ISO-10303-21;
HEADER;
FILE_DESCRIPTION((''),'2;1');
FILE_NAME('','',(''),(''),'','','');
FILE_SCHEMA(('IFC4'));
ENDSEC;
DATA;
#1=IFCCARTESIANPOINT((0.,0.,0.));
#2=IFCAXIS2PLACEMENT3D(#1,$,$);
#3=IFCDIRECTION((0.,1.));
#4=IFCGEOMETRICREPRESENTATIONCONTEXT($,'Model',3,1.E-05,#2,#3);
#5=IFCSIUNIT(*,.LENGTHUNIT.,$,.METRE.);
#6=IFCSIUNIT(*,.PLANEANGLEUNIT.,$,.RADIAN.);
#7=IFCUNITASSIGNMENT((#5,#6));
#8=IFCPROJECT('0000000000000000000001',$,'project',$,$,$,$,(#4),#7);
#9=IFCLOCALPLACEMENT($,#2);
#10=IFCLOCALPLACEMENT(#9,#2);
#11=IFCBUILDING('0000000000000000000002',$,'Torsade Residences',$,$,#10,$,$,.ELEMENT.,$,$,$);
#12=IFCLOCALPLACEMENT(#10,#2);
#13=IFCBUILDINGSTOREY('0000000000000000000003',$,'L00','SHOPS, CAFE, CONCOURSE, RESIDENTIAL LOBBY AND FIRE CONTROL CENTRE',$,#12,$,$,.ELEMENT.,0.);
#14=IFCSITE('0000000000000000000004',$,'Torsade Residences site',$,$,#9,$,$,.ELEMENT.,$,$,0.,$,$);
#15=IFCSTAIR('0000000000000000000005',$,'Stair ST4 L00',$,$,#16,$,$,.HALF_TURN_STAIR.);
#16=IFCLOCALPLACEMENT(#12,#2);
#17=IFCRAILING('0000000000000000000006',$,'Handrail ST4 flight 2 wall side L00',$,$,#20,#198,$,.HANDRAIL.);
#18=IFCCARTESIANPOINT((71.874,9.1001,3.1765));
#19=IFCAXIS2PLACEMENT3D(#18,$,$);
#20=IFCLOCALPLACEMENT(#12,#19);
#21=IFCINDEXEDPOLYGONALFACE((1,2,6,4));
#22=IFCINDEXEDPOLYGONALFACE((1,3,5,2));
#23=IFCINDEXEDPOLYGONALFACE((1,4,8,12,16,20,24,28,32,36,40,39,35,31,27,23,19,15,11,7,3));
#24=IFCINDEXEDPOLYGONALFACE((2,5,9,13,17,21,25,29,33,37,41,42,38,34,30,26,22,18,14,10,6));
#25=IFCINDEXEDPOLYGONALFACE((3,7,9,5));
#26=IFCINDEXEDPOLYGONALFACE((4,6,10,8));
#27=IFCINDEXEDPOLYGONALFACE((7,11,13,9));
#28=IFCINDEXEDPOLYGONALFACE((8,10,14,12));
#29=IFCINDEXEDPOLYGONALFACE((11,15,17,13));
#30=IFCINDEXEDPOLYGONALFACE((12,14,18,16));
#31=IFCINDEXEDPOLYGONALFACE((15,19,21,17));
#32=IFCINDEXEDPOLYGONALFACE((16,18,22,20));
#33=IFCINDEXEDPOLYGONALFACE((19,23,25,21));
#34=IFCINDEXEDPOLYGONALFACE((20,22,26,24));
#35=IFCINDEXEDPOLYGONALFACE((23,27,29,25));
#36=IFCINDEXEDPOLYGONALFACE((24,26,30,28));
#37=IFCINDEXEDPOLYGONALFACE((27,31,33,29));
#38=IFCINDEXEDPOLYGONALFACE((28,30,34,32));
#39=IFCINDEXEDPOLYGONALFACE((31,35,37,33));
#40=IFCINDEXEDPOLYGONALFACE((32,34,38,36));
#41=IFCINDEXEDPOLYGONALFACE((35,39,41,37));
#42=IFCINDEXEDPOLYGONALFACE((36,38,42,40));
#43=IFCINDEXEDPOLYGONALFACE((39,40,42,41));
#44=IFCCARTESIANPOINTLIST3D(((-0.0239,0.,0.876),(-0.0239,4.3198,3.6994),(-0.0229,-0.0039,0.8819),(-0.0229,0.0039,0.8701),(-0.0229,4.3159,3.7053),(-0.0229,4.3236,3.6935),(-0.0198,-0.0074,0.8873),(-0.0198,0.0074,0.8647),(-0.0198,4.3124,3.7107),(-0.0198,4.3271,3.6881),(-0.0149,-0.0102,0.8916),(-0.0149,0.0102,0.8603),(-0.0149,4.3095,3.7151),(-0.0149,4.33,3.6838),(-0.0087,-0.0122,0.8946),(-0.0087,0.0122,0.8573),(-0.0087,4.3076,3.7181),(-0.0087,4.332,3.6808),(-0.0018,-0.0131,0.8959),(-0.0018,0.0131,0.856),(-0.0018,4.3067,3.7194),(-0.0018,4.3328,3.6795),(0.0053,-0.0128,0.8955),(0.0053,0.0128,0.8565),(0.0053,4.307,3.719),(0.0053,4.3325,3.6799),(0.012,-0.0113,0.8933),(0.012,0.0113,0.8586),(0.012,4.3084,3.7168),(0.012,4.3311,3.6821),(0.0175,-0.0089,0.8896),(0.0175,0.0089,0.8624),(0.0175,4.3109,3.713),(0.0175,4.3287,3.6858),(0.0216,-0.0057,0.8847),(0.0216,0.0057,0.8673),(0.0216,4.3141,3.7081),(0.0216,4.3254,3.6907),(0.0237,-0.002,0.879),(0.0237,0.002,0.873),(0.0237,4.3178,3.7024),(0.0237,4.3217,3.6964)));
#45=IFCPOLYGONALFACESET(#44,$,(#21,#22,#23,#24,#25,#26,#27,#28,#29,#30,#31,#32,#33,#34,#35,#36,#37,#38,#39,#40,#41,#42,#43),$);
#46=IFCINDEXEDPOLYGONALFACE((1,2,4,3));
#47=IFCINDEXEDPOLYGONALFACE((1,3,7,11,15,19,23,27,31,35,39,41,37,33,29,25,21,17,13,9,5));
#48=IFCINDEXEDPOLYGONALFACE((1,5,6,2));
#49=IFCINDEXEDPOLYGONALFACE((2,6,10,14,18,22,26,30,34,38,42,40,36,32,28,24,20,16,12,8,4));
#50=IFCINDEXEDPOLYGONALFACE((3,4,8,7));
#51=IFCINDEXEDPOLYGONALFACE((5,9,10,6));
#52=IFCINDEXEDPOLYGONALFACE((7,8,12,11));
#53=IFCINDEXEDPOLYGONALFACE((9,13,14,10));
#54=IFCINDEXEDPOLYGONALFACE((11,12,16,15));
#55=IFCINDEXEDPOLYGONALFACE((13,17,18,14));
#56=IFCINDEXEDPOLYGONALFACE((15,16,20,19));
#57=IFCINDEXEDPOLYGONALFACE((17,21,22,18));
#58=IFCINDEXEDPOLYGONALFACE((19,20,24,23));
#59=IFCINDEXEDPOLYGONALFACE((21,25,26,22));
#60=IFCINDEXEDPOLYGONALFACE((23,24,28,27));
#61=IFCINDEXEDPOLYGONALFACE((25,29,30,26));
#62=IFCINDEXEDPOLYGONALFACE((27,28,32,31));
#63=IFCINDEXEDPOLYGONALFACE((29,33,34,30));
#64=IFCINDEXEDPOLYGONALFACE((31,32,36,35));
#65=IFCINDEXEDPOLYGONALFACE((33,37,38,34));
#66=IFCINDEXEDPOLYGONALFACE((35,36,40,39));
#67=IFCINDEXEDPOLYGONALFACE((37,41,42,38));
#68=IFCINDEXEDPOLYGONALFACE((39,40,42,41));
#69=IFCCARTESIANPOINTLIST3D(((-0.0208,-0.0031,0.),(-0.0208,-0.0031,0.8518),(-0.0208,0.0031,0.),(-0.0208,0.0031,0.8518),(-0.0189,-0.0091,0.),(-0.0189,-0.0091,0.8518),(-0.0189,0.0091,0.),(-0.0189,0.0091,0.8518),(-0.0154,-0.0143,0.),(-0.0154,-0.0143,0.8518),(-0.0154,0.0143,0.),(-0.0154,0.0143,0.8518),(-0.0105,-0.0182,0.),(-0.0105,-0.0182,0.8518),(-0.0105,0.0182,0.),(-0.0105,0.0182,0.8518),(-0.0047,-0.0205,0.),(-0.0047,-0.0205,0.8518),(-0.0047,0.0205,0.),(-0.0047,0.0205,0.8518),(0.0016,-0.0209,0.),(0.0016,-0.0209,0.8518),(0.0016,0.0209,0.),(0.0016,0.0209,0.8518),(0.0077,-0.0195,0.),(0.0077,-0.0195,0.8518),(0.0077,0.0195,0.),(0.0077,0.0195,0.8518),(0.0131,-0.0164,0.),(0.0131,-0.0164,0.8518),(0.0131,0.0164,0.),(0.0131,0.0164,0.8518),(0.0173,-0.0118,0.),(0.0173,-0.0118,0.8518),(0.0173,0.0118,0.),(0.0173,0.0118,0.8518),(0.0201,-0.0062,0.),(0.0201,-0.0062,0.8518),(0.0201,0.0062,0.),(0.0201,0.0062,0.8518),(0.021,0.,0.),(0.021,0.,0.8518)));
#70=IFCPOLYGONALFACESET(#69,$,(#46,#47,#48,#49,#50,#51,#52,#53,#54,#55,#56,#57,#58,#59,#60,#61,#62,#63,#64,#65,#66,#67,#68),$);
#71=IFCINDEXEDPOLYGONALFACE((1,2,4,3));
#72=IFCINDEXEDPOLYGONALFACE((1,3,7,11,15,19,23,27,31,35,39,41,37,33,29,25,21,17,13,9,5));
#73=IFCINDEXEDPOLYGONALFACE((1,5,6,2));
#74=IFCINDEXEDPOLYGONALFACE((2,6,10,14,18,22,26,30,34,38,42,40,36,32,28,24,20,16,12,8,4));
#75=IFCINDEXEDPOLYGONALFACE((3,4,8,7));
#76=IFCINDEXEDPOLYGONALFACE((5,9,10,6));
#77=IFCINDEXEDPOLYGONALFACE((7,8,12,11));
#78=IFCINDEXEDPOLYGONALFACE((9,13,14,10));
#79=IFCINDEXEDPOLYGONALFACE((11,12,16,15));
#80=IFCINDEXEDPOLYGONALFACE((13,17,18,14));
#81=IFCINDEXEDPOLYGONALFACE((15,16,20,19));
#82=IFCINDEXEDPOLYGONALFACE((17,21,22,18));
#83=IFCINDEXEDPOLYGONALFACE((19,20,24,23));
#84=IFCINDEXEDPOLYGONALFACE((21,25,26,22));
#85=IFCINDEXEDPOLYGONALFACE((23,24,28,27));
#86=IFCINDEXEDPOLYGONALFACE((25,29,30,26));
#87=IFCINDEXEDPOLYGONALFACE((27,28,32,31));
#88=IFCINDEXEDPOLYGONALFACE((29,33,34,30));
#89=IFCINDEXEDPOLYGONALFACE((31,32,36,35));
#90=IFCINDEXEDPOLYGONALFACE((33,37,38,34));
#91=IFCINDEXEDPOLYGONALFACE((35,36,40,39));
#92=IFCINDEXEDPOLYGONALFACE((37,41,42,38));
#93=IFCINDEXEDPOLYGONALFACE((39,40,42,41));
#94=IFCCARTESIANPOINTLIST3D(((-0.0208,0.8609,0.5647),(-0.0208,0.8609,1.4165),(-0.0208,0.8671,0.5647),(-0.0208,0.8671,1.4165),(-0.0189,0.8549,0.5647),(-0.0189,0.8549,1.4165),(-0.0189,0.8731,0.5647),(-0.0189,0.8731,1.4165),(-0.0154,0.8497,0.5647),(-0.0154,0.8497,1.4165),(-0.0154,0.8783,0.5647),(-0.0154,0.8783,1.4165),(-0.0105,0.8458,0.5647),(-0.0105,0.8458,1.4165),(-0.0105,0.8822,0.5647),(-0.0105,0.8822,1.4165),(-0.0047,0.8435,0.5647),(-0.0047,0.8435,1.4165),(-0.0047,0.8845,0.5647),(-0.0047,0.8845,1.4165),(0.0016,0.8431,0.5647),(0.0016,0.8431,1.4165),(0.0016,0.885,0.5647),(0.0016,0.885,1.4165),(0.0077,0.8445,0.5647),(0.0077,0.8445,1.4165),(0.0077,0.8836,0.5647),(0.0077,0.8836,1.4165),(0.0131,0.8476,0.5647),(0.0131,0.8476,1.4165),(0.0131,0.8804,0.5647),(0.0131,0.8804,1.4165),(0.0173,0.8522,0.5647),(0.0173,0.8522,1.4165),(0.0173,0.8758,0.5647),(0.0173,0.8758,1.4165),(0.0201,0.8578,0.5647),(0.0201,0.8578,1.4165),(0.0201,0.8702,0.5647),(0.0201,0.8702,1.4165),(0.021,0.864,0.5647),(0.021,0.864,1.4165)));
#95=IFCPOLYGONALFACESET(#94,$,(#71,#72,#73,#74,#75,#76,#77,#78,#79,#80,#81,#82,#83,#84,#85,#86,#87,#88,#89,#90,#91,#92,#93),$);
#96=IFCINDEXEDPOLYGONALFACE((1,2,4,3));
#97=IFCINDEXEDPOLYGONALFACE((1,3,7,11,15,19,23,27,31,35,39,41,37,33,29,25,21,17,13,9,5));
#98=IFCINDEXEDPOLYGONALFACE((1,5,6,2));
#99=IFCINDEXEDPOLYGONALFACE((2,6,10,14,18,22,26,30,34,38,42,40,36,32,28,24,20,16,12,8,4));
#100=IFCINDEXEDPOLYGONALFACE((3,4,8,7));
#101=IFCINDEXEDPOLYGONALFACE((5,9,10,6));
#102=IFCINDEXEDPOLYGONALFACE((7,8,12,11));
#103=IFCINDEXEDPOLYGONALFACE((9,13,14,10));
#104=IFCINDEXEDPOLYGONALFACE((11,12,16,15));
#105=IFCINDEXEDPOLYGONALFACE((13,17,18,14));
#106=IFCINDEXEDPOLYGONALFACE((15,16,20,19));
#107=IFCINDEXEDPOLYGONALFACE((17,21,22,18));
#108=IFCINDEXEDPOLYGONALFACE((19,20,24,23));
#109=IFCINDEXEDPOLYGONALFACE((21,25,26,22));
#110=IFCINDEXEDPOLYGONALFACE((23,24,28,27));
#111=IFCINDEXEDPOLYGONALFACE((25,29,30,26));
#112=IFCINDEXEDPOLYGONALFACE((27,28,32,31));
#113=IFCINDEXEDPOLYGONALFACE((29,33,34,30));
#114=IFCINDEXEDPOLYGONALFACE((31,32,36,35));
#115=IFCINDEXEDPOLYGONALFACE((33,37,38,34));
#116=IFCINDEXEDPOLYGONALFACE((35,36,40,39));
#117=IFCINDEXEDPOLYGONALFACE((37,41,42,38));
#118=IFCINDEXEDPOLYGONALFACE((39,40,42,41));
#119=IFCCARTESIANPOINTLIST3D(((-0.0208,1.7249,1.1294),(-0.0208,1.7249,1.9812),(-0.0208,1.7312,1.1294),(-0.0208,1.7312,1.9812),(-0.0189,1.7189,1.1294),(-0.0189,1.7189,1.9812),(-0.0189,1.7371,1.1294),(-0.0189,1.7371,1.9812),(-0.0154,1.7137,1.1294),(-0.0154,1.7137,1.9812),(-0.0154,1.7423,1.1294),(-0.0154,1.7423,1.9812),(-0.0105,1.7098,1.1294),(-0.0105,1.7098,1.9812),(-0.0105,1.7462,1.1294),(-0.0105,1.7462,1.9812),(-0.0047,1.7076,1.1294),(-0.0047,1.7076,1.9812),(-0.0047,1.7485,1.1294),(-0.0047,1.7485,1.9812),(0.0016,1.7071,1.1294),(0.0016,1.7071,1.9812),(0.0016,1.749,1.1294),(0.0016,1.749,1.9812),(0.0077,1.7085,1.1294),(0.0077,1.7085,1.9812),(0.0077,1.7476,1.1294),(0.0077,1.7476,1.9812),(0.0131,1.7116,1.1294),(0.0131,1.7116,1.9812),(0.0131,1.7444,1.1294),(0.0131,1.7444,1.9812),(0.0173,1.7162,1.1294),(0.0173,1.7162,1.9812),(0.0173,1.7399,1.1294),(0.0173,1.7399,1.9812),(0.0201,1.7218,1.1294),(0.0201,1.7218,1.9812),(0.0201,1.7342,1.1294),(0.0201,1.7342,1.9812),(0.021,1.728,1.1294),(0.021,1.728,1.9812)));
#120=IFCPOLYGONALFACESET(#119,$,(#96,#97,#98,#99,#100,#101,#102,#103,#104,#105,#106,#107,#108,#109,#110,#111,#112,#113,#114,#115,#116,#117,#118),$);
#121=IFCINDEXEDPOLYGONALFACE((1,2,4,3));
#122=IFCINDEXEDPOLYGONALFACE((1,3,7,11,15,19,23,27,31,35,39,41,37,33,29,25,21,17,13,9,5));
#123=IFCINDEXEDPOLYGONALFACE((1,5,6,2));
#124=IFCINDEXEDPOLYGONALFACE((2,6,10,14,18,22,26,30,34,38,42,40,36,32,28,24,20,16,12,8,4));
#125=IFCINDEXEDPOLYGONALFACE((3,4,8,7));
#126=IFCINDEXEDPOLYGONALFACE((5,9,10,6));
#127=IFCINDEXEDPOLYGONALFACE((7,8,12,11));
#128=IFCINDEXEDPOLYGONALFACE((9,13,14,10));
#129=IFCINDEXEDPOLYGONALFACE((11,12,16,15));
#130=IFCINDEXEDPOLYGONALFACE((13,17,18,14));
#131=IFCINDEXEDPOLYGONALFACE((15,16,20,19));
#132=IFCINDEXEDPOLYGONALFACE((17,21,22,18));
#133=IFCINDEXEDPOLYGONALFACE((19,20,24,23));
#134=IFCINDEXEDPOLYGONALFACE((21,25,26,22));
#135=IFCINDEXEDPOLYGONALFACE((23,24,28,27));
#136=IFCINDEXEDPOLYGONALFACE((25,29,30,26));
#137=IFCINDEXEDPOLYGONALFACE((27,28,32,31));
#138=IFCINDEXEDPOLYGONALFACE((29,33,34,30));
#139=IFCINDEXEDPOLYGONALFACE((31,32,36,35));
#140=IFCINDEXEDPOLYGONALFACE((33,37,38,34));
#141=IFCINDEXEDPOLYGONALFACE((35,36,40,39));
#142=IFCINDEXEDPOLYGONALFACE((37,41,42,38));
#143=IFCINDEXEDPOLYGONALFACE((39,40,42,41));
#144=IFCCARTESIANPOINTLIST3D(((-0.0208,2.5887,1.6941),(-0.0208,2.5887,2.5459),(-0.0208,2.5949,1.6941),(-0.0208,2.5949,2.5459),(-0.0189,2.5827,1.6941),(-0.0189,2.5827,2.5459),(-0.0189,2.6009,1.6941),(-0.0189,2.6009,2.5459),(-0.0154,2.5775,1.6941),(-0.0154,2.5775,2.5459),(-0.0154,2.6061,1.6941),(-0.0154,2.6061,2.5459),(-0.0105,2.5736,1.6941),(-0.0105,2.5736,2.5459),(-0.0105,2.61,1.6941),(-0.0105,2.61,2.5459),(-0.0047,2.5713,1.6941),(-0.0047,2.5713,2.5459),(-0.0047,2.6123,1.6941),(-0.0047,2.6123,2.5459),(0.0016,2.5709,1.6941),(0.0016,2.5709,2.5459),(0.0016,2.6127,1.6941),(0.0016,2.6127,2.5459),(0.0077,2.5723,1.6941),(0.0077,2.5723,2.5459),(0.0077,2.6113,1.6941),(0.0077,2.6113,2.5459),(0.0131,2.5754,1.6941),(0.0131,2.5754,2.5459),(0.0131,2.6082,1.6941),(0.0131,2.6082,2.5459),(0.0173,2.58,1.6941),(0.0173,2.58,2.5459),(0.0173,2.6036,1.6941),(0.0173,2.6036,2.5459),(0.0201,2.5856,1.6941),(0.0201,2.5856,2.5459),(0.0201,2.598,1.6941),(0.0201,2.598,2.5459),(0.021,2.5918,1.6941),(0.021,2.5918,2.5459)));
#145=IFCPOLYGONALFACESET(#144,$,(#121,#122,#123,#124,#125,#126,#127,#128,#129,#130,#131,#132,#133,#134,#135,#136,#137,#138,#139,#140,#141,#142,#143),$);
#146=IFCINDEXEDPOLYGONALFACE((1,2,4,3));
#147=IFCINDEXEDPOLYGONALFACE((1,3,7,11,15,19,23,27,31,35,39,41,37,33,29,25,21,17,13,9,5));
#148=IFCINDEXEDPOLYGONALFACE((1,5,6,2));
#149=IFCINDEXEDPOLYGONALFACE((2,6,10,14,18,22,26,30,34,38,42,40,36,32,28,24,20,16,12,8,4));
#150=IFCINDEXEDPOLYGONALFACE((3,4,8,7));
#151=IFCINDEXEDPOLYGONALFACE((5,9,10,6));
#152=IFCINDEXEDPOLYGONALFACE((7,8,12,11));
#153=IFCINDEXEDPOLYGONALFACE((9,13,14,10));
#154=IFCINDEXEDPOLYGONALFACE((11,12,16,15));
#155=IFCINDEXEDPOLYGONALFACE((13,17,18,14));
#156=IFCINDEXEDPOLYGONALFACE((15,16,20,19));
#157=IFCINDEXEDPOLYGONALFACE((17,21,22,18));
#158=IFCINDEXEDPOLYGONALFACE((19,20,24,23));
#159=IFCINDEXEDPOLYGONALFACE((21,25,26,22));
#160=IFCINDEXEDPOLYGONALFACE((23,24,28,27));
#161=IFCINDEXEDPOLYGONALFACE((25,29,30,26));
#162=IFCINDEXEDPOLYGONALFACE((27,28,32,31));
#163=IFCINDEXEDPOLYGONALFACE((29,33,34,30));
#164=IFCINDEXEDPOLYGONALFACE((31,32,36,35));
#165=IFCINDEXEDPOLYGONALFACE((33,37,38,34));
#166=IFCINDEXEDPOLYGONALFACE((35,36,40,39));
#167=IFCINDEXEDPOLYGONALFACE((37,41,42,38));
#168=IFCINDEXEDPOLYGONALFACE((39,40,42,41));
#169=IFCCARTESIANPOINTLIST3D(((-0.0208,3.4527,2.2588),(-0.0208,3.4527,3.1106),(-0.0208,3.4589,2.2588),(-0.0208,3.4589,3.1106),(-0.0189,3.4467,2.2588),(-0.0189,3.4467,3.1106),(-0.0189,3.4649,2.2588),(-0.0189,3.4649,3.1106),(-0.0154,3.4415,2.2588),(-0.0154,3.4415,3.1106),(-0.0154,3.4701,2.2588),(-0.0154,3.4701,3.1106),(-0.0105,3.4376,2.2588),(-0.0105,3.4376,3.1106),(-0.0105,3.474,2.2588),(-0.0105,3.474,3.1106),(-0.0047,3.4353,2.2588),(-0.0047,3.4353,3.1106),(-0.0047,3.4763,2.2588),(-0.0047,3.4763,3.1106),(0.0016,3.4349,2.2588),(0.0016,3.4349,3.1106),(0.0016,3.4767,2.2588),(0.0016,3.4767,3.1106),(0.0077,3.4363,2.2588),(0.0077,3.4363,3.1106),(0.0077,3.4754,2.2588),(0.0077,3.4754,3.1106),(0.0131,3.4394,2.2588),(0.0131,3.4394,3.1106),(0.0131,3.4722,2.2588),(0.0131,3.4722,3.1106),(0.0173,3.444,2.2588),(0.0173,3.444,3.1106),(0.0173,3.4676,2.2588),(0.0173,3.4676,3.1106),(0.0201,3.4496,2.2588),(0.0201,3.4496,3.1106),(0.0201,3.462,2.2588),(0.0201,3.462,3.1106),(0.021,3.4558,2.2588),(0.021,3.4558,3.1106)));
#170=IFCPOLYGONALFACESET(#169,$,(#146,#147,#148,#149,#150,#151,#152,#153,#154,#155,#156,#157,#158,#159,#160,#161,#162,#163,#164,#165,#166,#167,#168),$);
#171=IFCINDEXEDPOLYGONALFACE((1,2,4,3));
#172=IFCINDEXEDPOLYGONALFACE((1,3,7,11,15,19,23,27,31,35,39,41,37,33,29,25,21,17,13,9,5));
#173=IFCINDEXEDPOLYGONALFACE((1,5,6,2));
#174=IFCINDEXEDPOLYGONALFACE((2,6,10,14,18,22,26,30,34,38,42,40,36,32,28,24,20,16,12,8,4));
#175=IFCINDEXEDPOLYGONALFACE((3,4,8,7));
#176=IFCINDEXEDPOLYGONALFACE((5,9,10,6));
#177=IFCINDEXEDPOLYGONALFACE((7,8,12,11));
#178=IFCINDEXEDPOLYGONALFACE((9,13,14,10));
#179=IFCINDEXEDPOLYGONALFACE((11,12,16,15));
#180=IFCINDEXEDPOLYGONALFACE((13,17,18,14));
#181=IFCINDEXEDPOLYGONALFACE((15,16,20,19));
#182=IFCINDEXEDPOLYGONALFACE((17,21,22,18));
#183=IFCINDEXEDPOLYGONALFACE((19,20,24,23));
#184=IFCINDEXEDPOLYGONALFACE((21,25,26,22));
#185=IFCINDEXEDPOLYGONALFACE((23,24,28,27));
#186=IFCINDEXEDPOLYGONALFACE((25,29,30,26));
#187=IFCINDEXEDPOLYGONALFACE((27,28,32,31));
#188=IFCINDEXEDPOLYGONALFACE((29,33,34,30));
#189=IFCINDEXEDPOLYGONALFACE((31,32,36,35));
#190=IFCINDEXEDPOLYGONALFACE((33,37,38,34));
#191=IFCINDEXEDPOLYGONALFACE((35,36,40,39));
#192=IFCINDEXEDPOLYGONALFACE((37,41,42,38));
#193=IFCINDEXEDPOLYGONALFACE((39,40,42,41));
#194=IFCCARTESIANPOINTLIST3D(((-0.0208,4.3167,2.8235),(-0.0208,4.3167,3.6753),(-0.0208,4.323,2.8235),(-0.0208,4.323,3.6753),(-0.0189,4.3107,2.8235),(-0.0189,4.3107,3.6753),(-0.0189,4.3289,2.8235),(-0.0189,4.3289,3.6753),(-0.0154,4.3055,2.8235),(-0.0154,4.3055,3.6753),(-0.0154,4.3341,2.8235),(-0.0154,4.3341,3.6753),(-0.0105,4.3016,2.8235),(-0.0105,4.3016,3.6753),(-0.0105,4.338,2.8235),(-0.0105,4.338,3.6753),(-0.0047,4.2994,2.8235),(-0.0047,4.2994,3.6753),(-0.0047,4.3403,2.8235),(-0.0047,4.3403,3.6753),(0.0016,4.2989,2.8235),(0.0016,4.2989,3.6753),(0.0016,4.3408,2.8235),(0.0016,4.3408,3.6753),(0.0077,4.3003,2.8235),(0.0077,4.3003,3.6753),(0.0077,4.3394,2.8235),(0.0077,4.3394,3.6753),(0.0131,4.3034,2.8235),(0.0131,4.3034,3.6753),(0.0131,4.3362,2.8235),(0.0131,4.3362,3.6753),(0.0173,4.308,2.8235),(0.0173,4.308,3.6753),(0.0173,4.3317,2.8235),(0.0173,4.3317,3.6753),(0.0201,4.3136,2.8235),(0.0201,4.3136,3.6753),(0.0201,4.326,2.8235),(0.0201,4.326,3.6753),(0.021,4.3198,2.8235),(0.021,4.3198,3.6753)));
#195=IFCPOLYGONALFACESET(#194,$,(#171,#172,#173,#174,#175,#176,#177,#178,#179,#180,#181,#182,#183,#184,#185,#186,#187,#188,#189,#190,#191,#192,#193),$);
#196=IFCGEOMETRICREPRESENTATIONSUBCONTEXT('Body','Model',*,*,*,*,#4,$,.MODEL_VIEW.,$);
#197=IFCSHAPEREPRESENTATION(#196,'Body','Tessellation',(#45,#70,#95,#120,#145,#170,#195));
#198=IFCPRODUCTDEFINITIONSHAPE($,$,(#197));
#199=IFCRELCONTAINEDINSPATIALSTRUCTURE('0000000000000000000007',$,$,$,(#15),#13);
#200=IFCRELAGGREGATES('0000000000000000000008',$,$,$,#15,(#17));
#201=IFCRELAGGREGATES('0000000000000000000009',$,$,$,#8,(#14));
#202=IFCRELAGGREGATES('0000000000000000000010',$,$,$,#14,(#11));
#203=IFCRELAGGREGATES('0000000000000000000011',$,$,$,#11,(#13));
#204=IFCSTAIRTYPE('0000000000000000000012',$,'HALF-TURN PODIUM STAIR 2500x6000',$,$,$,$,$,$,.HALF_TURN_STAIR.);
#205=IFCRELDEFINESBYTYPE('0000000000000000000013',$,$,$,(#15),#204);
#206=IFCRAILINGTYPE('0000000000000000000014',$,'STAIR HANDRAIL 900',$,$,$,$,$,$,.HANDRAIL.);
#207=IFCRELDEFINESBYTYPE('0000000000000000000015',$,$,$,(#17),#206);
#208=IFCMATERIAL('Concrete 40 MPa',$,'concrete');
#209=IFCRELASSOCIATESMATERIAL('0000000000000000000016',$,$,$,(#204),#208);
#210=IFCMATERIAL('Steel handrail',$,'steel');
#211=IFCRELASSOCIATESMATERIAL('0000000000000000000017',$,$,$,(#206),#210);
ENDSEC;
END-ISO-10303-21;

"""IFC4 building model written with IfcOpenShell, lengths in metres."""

from ifc_helpers import new_model, si_unit, direction, frame, origin, origin_2d, place, context, subcontext, project, spatial, circle, extrude, material, type_object, element, aggregate, save


model = new_model("IFC4")

# Units and contexts
model_context = context("Model", 3, precision=1e-05, world=origin(), true_north=direction((0.0, 1.0)))
body_context = subcontext(model_context, "Body", "Model", "MODEL_VIEW")
ifc_project = project(units=[si_unit("LENGTHUNIT", "METRE"), si_unit("PLANEANGLEUNIT", "RADIAN")], contexts=[model_context])

# Site, building, storey
site_placement = place(None, origin())
site = spatial("IfcSite", under=ifc_project, at=site_placement, Name="Torsade Residences site", CompositionType="ELEMENT", RefElevation=0.0)
building_placement = place(site_placement, origin())
building = spatial("IfcBuilding", under=site, at=building_placement, Name="Torsade Residences", CompositionType="ELEMENT")
storey_placement = place(building_placement, origin())
storey = spatial("IfcBuildingStorey", under=building, at=storey_placement, Name="L00", Description="SHOPS, CAFE, CONCOURSE, RESIDENTIAL LOBBY AND FIRE CONTROL CENTRE", CompositionType="ELEMENT", Elevation=0.0)

# Stair, railing
ifc_material_1 = material(Name="Concrete 40 MPa", Category="concrete")
stair_type = type_object("IfcStairType", Name="HALF-TURN PODIUM STAIR 2500x6000", PredefinedType="HALF_TURN_STAIR", material=ifc_material_1)
stair_placement = place(storey_placement, origin())
stair = element("IfcStair", 1, at=stair_placement, inside=storey, type_object=stair_type, Name="Stair ST4 L00", PredefinedType="HALF_TURN_STAIR")
ifc_material_2 = material(Name="Steel handrail", Category="steel")
railing_type = type_object("IfcRailingType", Name="STAIR HANDRAIL 900", PredefinedType="HANDRAIL", material=ifc_material_2)
railing_1_placement = place(storey_placement, frame((71.874, 9.1001, 3.1765)))
railing_1 = element("IfcRailing", 2, at=railing_1_placement, type_object=railing_type, Name="Handrail ST4 flight 2 wall side L00", PredefinedType="HANDRAIL", context=body_context, shape_type="SweptSolid", body=[
    extrude(circle(Radius=0.0239, at=origin_2d()), frame((0.0, 0.0, 0.876), z_axis=(0.0, 0.83706, 0.547112), x_axis=(-1.0, 0.0, 0.0)), (0.0, 0.0, 1.0), 5.1606),
    extrude(circle(Radius=0.021, at=origin_2d()), origin(), (0.0, 0.0, 1.0), 0.8518),
    extrude(circle(Radius=0.021, at=origin_2d()), frame((0.0, 0.864, 0.5647)), (0.0, 0.0, 1.0), 0.8518),
    extrude(circle(Radius=0.021, at=origin_2d()), frame((0.0, 1.728, 1.1294)), (0.0, 0.0, 1.0), 0.8518),
    extrude(circle(Radius=0.021, at=origin_2d()), frame((0.0, 2.5918, 1.6941)), (0.0, 0.0, 1.0), 0.8518),
    extrude(circle(Radius=0.021, at=origin_2d()), frame((0.0, 3.4558, 2.2588)), (0.0, 0.0, 1.0), 0.8518),
    extrude(circle(Radius=0.021, at=origin_2d()), frame((0.0, 4.3198, 2.8235)), (0.0, 0.0, 1.0), 0.8518),
])
aggregate(stair, [railing_1])

save(model, "model.ifc")
